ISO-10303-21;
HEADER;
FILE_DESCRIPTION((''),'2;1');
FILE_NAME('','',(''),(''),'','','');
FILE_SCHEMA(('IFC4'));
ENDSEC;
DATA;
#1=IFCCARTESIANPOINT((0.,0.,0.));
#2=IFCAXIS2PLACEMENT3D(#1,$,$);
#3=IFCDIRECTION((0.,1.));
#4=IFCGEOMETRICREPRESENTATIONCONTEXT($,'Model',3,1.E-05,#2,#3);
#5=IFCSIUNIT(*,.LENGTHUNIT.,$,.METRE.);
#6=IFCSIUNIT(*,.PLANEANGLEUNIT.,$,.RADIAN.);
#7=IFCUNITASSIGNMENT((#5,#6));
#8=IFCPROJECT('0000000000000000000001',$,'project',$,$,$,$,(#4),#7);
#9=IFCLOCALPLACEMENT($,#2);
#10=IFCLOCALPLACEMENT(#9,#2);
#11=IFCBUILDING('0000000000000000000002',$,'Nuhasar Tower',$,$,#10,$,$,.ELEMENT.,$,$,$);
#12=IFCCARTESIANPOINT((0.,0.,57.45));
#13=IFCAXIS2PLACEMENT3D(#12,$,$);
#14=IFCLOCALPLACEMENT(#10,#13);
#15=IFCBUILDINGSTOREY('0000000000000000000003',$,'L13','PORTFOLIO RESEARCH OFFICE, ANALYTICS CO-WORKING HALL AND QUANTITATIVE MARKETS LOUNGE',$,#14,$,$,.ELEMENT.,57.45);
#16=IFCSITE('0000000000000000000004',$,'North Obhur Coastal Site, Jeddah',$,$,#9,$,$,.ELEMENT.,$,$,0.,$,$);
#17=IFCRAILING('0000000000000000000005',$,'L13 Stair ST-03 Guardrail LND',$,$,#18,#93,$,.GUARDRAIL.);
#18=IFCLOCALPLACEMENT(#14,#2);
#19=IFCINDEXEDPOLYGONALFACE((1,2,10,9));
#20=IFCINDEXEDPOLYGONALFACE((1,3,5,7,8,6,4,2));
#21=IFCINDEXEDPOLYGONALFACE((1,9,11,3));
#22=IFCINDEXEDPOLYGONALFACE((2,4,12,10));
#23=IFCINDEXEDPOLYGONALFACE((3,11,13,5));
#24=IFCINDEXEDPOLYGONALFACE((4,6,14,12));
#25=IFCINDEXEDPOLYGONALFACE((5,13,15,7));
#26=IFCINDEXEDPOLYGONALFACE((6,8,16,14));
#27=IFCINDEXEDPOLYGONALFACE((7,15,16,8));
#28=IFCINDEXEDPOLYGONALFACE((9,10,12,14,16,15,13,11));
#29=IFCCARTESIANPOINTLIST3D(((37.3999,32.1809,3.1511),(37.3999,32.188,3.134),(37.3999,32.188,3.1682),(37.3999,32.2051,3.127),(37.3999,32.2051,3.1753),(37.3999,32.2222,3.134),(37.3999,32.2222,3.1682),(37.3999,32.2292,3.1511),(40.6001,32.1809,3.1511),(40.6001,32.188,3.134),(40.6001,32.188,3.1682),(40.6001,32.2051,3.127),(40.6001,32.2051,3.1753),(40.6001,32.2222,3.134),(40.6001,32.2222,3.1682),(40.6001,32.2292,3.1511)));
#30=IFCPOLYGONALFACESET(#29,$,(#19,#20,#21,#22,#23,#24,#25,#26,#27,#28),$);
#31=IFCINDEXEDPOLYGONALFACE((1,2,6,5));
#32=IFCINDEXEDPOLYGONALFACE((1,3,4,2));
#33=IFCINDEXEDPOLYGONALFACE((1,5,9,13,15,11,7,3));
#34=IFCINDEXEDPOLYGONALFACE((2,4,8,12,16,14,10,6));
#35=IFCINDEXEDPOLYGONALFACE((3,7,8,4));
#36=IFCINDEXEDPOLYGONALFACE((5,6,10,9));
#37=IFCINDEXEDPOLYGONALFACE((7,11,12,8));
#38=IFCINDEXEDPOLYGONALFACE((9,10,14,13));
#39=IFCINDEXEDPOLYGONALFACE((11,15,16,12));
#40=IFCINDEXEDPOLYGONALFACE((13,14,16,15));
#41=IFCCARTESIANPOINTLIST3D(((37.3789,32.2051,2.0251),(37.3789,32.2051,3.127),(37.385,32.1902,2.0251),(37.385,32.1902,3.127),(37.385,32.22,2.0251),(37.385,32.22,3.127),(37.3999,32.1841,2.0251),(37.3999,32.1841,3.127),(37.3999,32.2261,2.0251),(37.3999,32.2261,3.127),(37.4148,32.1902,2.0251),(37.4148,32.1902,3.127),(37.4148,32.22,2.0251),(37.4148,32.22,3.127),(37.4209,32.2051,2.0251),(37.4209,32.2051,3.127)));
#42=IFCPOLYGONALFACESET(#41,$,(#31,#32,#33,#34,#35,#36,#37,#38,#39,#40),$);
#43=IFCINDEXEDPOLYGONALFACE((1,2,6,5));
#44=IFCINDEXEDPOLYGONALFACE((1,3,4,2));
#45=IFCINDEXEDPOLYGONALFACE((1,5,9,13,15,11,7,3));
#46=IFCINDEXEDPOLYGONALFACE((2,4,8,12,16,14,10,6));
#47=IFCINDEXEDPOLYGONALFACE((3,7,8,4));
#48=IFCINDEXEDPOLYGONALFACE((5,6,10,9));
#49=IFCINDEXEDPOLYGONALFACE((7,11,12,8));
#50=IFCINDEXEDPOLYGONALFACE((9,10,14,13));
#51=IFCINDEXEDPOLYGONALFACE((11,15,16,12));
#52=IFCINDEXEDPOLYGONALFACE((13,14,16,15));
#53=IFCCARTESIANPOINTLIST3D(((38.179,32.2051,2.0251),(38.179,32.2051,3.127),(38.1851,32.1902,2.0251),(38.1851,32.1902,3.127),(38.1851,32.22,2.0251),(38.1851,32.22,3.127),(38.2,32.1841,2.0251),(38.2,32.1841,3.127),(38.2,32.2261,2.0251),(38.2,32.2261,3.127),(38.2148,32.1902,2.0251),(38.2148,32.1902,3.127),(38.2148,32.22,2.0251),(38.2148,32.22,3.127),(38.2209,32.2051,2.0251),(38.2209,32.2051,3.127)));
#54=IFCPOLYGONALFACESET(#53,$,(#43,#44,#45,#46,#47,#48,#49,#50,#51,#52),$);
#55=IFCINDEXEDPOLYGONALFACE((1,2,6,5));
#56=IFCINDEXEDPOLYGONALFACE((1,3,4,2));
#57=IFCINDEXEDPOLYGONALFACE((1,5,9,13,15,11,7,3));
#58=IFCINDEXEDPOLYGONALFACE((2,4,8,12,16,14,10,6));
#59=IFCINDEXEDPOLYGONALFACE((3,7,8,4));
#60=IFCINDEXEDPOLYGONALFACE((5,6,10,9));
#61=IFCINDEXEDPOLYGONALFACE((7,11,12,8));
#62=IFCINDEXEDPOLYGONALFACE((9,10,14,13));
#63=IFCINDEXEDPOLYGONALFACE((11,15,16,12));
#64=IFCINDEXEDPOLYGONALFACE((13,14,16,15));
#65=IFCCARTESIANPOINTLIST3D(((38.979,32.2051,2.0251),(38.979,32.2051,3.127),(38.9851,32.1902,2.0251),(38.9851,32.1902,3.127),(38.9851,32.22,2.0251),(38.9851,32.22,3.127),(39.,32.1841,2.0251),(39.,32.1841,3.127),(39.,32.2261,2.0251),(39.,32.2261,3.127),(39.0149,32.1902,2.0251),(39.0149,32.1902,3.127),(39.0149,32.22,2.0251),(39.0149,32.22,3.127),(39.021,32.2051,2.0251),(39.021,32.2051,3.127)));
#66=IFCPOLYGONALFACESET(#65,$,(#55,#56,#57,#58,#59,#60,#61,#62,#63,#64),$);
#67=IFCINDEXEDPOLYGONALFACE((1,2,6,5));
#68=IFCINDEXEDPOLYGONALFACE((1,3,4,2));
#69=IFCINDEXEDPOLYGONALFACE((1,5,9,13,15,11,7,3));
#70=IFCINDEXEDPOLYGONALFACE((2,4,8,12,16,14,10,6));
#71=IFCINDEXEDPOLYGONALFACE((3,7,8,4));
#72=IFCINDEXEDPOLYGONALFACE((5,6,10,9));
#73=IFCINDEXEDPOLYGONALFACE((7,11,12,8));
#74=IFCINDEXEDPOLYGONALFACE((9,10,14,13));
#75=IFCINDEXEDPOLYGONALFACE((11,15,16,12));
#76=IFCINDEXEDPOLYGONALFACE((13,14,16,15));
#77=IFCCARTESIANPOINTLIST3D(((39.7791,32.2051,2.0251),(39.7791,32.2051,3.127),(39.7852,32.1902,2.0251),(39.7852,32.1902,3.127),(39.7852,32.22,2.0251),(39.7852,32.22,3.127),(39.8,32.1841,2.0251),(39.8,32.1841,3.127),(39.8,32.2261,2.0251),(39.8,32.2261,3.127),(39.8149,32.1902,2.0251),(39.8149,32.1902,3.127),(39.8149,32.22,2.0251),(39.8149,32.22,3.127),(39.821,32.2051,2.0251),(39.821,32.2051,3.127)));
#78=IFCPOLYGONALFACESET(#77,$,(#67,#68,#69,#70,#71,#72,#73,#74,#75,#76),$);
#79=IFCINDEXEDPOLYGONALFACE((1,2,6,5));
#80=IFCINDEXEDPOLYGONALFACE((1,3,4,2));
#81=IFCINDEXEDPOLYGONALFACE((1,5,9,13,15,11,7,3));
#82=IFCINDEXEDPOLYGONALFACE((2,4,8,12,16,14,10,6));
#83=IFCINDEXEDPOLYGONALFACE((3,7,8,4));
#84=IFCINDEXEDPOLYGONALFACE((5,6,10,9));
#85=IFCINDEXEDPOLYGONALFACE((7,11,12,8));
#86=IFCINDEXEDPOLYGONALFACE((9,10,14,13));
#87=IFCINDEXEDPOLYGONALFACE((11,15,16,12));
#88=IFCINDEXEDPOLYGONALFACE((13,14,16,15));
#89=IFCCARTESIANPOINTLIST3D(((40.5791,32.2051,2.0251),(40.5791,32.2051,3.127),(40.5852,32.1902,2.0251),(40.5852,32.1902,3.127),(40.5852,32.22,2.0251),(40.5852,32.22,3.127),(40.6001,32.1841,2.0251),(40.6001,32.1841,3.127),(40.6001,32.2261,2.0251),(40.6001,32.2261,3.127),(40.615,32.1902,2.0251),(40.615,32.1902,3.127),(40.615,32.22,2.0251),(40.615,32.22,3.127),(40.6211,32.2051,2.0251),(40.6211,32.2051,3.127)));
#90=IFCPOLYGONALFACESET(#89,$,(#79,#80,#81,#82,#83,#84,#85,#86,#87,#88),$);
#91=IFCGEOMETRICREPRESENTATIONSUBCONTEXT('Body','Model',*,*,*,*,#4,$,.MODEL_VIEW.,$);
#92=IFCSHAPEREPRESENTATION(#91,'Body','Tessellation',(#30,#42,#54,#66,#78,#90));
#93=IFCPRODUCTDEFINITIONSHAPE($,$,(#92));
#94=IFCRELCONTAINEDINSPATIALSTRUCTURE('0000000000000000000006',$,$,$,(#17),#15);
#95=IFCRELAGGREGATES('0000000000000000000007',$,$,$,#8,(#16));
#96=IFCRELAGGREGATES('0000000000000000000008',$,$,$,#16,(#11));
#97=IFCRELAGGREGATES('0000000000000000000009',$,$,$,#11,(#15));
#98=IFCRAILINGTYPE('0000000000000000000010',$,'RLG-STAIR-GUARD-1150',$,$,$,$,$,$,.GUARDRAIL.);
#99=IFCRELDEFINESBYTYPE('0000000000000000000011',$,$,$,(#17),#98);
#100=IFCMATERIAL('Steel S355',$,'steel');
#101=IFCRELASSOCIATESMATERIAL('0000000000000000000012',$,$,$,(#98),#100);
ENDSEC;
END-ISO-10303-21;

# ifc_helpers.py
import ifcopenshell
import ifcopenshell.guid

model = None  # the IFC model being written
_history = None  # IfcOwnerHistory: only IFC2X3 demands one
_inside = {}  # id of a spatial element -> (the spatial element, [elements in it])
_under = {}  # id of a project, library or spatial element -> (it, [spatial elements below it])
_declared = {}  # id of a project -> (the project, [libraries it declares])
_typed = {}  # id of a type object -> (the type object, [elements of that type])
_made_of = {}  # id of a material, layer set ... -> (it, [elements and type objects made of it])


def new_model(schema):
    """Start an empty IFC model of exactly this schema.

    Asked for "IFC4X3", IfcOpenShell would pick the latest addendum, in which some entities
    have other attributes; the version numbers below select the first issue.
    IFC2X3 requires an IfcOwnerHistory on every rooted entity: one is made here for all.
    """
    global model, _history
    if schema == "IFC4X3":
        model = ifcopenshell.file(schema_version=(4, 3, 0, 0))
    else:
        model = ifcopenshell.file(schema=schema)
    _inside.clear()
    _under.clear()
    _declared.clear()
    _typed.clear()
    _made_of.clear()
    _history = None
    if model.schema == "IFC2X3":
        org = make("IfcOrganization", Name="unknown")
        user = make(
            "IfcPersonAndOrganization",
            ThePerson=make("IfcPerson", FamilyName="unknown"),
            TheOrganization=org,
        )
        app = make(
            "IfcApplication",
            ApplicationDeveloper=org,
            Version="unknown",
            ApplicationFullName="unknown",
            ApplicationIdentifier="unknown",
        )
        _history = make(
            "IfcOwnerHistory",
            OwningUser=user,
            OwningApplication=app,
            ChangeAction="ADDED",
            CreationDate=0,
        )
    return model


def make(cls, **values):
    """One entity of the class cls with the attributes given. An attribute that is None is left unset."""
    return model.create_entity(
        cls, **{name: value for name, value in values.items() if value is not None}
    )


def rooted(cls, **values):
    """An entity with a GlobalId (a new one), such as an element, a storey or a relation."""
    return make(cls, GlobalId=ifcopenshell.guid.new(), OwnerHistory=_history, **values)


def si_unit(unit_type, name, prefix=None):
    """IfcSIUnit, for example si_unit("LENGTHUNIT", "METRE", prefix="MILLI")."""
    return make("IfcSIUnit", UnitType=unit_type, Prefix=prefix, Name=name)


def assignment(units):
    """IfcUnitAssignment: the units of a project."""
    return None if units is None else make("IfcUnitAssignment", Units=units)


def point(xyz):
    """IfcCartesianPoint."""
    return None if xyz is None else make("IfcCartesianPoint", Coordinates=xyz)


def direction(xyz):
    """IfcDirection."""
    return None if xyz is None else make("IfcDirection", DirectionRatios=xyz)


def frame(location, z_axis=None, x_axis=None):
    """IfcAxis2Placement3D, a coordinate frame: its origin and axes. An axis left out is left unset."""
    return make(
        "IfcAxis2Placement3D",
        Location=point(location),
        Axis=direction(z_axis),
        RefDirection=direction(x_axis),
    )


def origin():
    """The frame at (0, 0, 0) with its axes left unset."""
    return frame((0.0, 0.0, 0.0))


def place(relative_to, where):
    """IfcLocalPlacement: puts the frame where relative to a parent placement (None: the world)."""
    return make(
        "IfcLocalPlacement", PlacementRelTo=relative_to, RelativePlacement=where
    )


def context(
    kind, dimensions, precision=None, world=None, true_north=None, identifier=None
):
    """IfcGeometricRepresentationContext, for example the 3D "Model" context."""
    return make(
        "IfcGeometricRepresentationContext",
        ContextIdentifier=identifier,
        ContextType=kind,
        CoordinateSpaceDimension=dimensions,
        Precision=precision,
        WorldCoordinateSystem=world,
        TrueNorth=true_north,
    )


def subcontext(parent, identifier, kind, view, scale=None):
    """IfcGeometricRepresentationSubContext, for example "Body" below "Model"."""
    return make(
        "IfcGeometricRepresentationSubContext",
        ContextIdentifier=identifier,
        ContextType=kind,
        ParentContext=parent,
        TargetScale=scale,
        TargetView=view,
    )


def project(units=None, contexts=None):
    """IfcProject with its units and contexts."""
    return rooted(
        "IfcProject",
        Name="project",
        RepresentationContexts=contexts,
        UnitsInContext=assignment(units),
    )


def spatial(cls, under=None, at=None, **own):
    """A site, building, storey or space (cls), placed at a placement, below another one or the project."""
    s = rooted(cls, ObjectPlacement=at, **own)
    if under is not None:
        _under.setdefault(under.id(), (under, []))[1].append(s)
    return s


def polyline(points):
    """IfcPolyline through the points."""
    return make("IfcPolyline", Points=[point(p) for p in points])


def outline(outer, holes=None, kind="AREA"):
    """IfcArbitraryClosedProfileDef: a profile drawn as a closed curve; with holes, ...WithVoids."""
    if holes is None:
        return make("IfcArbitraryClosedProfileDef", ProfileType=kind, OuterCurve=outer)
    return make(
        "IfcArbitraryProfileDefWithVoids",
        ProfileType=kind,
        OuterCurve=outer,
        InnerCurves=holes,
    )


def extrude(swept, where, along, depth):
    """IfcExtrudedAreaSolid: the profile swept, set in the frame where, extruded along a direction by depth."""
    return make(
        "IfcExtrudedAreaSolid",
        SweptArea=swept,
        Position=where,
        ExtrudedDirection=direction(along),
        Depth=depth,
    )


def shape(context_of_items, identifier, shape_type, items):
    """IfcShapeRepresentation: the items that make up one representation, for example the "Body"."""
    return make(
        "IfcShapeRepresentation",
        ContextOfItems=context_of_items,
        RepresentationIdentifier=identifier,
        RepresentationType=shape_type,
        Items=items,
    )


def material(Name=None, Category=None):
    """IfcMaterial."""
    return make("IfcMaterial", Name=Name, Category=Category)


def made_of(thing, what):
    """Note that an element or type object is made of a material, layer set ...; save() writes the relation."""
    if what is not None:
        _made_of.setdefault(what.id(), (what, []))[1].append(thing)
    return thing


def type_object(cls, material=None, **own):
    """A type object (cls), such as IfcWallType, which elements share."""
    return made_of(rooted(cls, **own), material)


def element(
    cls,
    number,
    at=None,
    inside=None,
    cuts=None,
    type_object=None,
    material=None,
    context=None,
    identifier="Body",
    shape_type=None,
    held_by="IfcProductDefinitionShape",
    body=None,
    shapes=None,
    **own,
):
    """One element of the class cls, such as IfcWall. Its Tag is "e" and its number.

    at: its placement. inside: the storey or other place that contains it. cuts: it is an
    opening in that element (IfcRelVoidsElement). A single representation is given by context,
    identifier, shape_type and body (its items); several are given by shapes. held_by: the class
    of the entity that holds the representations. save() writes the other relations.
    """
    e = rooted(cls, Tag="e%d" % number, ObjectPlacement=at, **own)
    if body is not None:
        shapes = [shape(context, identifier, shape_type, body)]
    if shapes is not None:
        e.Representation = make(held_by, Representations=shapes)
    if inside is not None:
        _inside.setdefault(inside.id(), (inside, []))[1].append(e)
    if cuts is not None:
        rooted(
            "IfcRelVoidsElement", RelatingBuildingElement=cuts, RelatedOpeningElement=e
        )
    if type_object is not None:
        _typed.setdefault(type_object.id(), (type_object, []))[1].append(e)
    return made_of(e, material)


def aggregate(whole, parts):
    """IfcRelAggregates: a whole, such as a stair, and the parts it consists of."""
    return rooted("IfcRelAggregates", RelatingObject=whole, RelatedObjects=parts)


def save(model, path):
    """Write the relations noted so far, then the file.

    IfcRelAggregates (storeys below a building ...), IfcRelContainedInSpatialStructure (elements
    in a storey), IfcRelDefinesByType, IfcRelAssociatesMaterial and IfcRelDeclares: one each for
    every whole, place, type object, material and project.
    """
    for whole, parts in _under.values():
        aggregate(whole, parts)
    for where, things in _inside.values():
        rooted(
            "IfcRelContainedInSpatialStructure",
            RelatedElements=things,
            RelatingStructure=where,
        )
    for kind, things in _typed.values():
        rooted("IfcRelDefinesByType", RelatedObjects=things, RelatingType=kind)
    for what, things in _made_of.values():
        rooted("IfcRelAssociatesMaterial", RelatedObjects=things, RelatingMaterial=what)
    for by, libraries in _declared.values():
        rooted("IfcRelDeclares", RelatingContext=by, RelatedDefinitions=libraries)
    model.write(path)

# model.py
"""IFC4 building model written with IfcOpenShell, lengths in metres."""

from ifc_helpers import new_model, si_unit, direction, frame, origin, place, context, subcontext, project, spatial, polyline, outline, extrude, material, type_object, element, save


model = new_model("IFC4")

# Units and contexts
model_context = context("Model", 3, precision=1e-05, world=origin(), true_north=direction((0.0, 1.0)))
body_context = subcontext(model_context, "Body", "Model", "MODEL_VIEW")
ifc_project = project(units=[si_unit("LENGTHUNIT", "METRE"), si_unit("PLANEANGLEUNIT", "RADIAN")], contexts=[model_context])

# Site, building, storey
site_placement = place(None, origin())
site = spatial("IfcSite", under=ifc_project, at=site_placement, Name="North Obhur Coastal Site, Jeddah", CompositionType="ELEMENT", RefElevation=0.0)
building_placement = place(site_placement, origin())
building = spatial("IfcBuilding", under=site, at=building_placement, Name="Nuhasar Tower", CompositionType="ELEMENT")
storey_placement = place(building_placement, frame((0.0, 0.0, 57.45)))
storey = spatial("IfcBuildingStorey", under=building, at=storey_placement, Name="L13", Description="PORTFOLIO RESEARCH OFFICE, ANALYTICS CO-WORKING HALL AND QUANTITATIVE MARKETS LOUNGE", CompositionType="ELEMENT", Elevation=57.45)

# Shared definitions
ifc_material_1 = material(Name="Steel S355", Category="steel")

# Railing
railing_type_1 = type_object("IfcRailingType", Name="RLG-STAIR-GUARD-1150", PredefinedType="GUARDRAIL", material=ifc_material_1)
railing_1_placement = place(storey_placement, frame((37.3999, 32.2051, 2.0251)))
element("IfcRailing", 1, at=railing_1_placement, inside=storey, type_object=railing_type_1, Name="L13 Stair ST-03 Guardrail LND", PredefinedType="GUARDRAIL", context=body_context, shape_type="SweptSolid", body=[
    extrude(outline(polyline([(0.0242, 0.0), (0.0171, 0.0171), (0.0, 0.0242), (-0.0171, 0.0171), (-0.0242, 0.0), (-0.0171, -0.0171), (0.0, -0.0242), (0.0171, -0.0171), (0.0242, 0.0)])), frame((0.0, 0.0, 1.126), z_axis=(1.0, 0.0, 0.0), x_axis=(0.0, 1.0, 0.0)), (0.0, 0.0, 1.0), 3.2002),
    extrude(outline(polyline([(0.021, 0.0), (0.0149, 0.0149), (0.0, 0.021), (-0.0149, 0.0149), (-0.021, 0.0), (-0.0149, -0.0149), (0.0, -0.021), (0.0149, -0.0149), (0.021, 0.0)])), origin(), (0.0, 0.0, 1.0), 1.1018),
    extrude(outline(polyline([(0.021, 0.0), (0.0149, 0.0149), (0.0, 0.021), (-0.0149, 0.0149), (-0.021, 0.0), (-0.0149, -0.0149), (0.0, -0.021), (0.0149, -0.0149), (0.021, 0.0)])), frame((0.8, 0.0, 0.0)), (0.0, 0.0, 1.0), 1.1018),
    extrude(outline(polyline([(0.021, 0.0), (0.0149, 0.0149), (0.0, 0.021), (-0.0149, 0.0149), (-0.021, 0.0), (-0.0149, -0.0149), (0.0, -0.021), (0.0149, -0.0149), (0.021, 0.0)])), frame((1.6001, 0.0, 0.0)), (0.0, 0.0, 1.0), 1.1018),
    extrude(outline(polyline([(0.021, 0.0), (0.0149, 0.0149), (0.0, 0.021), (-0.0149, 0.0149), (-0.021, 0.0), (-0.0149, -0.0149), (0.0, -0.021), (0.0149, -0.0149), (0.021, 0.0)])), frame((2.4001, 0.0, 0.0)), (0.0, 0.0, 1.0), 1.1018),
    extrude(outline(polyline([(0.021, 0.0), (0.0149, 0.0149), (0.0, 0.021), (-0.0149, 0.0149), (-0.021, 0.0), (-0.0149, -0.0149), (0.0, -0.021), (0.0149, -0.0149), (0.021, 0.0)])), frame((3.2002, 0.0, 0.0)), (0.0, 0.0, 1.0), 1.1018),
])

save(model, "model.ifc")
